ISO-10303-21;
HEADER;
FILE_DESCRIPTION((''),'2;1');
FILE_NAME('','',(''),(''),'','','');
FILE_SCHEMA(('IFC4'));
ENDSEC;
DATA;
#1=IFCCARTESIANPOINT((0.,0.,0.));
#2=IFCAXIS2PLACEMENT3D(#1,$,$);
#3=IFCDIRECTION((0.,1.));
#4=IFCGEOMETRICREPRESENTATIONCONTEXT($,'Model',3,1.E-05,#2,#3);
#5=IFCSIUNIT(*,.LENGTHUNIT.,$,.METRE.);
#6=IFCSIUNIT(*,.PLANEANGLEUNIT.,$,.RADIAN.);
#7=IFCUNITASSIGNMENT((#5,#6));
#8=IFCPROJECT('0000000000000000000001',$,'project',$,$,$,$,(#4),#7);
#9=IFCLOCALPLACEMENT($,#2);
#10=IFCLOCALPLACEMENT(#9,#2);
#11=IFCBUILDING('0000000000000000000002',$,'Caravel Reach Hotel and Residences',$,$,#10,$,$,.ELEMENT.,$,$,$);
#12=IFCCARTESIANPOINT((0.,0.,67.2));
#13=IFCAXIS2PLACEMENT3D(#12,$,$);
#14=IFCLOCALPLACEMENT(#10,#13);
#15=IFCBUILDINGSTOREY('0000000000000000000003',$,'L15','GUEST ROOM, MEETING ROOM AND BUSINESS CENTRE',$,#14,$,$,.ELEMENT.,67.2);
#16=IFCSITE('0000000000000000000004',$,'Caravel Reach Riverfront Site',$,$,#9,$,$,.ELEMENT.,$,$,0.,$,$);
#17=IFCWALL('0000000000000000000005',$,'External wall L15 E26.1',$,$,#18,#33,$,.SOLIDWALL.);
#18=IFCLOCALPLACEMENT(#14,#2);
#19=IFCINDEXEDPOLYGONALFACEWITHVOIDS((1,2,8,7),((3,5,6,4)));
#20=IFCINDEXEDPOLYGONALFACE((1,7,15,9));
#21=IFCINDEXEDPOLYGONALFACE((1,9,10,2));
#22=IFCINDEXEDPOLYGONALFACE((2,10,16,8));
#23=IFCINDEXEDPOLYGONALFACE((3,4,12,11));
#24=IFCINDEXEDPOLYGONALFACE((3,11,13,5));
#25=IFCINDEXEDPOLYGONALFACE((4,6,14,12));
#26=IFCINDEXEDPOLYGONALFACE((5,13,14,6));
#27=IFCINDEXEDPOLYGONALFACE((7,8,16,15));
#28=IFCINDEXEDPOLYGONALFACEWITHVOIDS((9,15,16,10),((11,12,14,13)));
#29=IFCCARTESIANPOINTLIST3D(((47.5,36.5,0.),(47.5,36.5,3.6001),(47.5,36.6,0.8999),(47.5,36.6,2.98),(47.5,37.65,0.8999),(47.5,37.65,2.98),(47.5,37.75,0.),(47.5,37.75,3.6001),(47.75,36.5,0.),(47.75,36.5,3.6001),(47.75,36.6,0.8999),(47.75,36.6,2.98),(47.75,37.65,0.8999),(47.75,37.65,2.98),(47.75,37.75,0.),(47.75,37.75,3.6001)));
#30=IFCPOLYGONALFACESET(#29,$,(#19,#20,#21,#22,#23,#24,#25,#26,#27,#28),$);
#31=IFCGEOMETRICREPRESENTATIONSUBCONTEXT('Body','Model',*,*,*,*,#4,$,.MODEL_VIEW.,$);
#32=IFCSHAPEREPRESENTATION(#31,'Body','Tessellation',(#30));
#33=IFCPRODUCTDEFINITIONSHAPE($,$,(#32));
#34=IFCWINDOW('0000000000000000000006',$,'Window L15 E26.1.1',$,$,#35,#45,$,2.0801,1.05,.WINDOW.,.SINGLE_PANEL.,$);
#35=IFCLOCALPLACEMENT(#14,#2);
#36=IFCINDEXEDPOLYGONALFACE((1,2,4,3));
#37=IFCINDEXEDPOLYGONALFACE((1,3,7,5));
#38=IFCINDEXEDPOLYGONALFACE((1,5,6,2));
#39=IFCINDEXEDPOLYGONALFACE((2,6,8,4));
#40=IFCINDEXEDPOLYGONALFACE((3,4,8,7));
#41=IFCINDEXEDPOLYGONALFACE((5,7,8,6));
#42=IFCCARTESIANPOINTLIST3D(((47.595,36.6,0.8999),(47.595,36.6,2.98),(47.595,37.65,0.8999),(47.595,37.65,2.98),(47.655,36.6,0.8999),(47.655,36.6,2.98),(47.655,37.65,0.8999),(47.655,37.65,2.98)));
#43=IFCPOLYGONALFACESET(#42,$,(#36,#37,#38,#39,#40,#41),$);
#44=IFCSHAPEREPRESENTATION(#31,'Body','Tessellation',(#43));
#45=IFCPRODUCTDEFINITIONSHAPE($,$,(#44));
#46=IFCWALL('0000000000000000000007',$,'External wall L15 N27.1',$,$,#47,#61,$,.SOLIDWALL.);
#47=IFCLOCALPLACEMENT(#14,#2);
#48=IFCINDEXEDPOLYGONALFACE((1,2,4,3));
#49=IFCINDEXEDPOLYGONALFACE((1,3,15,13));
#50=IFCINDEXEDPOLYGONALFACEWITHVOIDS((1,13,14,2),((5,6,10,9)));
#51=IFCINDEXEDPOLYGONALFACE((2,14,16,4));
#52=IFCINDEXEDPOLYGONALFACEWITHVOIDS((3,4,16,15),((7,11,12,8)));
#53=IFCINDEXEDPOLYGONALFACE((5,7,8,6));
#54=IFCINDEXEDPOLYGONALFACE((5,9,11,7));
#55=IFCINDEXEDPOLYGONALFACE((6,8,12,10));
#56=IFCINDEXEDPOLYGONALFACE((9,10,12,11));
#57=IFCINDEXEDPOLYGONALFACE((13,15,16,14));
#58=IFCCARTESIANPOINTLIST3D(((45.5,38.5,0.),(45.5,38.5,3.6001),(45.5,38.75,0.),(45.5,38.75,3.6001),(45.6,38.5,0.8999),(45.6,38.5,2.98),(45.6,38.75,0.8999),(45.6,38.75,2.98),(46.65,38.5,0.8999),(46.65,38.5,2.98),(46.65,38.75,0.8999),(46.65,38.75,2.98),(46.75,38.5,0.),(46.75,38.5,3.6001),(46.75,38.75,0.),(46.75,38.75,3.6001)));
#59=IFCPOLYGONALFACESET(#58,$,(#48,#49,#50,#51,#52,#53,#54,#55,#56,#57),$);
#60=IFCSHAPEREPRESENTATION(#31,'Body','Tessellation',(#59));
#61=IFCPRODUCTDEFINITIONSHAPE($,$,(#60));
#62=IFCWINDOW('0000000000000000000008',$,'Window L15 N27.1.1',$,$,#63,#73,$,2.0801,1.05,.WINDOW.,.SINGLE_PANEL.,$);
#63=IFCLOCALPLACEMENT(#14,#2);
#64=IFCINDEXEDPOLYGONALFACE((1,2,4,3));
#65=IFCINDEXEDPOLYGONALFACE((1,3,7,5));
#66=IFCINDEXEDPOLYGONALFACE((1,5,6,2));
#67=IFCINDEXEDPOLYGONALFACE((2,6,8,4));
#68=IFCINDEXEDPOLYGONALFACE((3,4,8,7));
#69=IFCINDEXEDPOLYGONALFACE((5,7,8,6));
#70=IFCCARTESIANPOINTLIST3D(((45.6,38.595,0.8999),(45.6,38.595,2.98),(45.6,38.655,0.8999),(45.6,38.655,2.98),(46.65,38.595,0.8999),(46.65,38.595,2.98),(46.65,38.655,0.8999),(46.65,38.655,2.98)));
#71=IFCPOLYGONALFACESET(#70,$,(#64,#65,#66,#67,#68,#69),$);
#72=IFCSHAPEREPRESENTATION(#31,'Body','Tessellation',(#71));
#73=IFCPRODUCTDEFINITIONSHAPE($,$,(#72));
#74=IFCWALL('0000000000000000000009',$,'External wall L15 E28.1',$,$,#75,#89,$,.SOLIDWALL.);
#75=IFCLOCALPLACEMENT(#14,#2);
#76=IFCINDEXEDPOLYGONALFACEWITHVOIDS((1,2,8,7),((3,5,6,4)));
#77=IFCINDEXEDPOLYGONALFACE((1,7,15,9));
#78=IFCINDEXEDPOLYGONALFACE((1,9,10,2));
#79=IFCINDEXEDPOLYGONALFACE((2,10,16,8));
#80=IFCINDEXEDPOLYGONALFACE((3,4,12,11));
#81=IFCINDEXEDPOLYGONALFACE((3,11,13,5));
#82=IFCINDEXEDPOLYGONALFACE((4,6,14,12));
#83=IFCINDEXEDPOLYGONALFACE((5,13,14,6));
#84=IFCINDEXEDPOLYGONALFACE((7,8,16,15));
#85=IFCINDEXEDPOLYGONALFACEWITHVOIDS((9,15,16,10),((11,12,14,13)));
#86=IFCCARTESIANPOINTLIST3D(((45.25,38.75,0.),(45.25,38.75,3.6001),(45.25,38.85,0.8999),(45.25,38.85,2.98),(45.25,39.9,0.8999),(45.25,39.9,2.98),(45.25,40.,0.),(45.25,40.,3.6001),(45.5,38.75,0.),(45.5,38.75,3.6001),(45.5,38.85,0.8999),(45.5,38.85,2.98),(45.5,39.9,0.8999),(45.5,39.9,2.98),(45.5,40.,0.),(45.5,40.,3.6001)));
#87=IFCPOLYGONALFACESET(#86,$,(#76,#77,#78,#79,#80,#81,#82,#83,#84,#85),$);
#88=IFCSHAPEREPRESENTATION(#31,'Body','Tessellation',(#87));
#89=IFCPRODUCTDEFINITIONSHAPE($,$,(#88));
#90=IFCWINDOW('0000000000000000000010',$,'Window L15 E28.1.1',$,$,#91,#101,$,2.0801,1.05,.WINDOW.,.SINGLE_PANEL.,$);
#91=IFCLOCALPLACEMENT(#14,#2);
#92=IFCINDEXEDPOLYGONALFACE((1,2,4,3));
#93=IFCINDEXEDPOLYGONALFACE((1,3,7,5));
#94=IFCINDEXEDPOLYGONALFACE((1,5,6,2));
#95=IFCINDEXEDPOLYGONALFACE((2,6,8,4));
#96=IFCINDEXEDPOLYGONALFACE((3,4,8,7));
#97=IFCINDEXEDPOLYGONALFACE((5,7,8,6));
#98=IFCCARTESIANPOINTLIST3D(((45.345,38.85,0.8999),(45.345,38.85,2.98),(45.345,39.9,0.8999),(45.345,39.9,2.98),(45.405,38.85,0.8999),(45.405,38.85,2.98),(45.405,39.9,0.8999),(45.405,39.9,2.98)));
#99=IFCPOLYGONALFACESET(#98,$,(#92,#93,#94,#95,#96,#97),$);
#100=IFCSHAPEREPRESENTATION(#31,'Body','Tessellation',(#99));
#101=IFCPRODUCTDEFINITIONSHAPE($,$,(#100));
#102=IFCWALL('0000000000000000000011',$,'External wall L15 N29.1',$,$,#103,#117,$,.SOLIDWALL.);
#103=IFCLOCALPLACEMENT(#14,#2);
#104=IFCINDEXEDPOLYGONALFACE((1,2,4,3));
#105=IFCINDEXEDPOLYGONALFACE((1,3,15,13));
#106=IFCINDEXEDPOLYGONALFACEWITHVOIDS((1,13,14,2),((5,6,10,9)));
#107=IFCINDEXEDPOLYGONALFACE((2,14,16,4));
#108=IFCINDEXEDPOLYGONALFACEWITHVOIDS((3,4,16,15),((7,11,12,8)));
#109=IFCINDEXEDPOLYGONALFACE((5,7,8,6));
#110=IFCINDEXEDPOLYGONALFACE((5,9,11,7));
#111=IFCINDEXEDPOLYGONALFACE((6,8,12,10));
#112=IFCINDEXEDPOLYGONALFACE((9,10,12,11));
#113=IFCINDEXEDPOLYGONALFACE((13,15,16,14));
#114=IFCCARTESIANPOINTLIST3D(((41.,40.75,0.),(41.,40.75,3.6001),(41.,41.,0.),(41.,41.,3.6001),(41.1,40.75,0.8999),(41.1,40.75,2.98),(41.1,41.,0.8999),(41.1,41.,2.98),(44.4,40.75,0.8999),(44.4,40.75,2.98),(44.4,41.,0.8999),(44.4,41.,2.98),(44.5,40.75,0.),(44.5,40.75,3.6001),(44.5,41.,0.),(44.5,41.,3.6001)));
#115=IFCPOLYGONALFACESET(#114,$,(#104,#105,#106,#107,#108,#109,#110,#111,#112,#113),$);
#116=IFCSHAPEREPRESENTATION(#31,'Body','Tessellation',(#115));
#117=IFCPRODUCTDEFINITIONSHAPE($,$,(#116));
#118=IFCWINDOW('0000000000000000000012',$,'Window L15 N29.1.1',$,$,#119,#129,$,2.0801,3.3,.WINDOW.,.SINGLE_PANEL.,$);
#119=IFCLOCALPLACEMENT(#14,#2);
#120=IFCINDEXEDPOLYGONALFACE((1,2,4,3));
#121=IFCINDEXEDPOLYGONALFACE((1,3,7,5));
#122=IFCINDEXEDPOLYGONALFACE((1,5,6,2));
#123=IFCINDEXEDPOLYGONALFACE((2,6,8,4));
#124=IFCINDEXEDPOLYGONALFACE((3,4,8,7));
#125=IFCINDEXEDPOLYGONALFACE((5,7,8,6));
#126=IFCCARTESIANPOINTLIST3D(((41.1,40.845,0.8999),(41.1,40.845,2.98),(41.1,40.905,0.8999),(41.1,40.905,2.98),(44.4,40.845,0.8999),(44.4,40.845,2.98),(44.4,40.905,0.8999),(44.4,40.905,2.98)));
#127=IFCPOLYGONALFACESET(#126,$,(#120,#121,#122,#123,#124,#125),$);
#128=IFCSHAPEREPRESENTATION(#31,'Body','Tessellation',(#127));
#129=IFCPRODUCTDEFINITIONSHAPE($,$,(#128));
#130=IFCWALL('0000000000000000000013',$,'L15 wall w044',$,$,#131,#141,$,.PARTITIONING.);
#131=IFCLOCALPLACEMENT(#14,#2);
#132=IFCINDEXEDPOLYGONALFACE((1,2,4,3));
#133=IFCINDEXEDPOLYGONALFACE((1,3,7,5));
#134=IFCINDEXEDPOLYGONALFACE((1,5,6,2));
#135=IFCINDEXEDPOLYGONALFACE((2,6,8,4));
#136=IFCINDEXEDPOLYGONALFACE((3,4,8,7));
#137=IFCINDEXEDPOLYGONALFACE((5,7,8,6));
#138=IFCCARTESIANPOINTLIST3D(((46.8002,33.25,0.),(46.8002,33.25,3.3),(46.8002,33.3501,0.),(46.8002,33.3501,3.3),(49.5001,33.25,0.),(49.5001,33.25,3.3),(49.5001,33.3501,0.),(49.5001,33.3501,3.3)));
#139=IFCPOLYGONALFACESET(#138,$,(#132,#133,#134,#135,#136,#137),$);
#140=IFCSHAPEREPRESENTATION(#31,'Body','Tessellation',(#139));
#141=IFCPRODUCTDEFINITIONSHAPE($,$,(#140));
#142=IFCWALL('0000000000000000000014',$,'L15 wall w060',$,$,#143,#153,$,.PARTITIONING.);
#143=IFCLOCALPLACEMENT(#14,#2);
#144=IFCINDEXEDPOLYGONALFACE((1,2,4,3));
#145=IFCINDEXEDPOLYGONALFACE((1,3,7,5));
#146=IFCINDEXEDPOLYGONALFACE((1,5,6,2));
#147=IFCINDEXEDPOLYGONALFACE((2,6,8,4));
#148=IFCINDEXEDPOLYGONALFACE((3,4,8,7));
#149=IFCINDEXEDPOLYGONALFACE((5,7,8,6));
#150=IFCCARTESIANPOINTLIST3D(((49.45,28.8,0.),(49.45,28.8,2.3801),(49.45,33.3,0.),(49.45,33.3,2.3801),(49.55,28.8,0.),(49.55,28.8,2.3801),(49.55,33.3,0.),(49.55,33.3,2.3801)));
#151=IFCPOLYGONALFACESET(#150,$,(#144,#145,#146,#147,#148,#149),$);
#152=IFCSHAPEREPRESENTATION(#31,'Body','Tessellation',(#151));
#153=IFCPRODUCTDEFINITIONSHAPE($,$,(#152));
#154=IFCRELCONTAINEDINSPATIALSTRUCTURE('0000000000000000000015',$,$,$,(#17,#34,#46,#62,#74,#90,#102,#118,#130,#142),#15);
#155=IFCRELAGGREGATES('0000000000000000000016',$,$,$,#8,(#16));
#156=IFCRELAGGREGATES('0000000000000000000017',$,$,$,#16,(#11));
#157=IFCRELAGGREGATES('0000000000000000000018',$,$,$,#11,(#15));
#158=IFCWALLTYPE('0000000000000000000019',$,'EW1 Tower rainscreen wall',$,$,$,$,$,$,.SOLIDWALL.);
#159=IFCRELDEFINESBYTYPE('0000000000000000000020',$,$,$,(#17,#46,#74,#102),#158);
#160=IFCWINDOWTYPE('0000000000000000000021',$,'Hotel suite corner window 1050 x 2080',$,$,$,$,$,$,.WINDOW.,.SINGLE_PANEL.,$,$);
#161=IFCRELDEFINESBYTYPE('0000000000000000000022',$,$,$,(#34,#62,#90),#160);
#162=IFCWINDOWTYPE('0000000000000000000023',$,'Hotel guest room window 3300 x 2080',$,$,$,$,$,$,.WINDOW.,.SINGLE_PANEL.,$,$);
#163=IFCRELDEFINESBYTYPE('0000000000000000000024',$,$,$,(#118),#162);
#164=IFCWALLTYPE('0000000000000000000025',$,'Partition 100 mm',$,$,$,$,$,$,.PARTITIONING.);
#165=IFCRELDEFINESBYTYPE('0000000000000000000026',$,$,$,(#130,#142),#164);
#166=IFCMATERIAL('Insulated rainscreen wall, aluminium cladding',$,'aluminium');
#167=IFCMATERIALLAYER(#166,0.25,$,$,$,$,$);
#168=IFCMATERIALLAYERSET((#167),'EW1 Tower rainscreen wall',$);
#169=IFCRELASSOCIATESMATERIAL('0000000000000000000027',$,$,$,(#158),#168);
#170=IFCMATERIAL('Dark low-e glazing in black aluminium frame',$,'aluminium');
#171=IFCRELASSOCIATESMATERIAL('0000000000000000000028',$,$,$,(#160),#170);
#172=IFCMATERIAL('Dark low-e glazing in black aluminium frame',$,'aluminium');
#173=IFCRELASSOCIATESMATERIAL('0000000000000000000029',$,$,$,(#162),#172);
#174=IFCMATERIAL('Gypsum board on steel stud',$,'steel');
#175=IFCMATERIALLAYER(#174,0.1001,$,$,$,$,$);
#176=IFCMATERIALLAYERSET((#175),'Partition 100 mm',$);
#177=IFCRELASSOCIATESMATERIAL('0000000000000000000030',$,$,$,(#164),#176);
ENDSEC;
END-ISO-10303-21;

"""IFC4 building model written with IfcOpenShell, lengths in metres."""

from ifc_helpers import new_model, si_unit, direction, frame, frame_2d, origin, place, context, subcontext, project, spatial, rectangle, extrude, material, layer, layer_set, type_object, element, fill, save


model = new_model("IFC4")

# Units and contexts
model_context = context("Model", 3, precision=1e-05, world=origin(), true_north=direction((0.0, 1.0)))
body_context = subcontext(model_context, "Body", "Model", "MODEL_VIEW")
ifc_project = project(units=[si_unit("LENGTHUNIT", "METRE"), si_unit("PLANEANGLEUNIT", "RADIAN")], contexts=[model_context])

# Site, building, storey
site_placement = place(None, origin())
site = spatial("IfcSite", under=ifc_project, at=site_placement, Name="Caravel Reach Riverfront Site", CompositionType="ELEMENT", RefElevation=0.0)
building_placement = place(site_placement, origin())
building = spatial("IfcBuilding", under=site, at=building_placement, Name="Caravel Reach Hotel and Residences", CompositionType="ELEMENT")
storey_placement = place(building_placement, frame((0.0, 0.0, 67.2)))
storey = spatial("IfcBuildingStorey", under=building, at=storey_placement, Name="L15", Description="GUEST ROOM, MEETING ROOM AND BUSINESS CENTRE", CompositionType="ELEMENT", Elevation=67.2)

# Walls, openings, windows
ifc_material_1 = material(Name="Insulated rainscreen wall, aluminium cladding", Category="aluminium")
ifc_layer_1 = layer(ifc_material_1, 0.25)
ifc_layer_set_1 = layer_set([ifc_layer_1], Name="EW1 Tower rainscreen wall")
wall_type_1 = type_object("IfcWallType", Name="EW1 Tower rainscreen wall", PredefinedType="SOLIDWALL", material=ifc_layer_set_1)
ifc_material_2 = material(Name="Dark low-e glazing in black aluminium frame", Category="aluminium")
window_type_1 = type_object("IfcWindowType", Name="Hotel suite corner window 1050 x 2080", PartitioningType="SINGLE_PANEL", PredefinedType="WINDOW", material=ifc_material_2)
wall_1_placement = place(storey_placement, frame((47.625, 36.5, 0.0), z_axis=(0.0, 0.0, 1.0), x_axis=(0.0, 1.0, 0.0)))
wall_1 = element("IfcWall", 1, at=wall_1_placement, inside=storey, type_object=wall_type_1, Name="External wall L15 E26.1", PredefinedType="SOLIDWALL", context=body_context, shape_type="SweptSolid", body=[
    extrude(rectangle(XDim=1.25, YDim=0.25, at=frame_2d((0.625, 0.0))), origin(), (0.0, 0.0, 1.0), 3.6001),
])
opening_1_placement = place(wall_1_placement, frame((0.1001, 0.0, 0.8999)))
opening_1 = element("IfcOpeningElement", 2, at=opening_1_placement, cuts=wall_1, PredefinedType="OPENING", context=body_context, shape_type="SweptSolid", body=[
    extrude(rectangle(XDim=1.05, YDim=2.0801, at=frame_2d((0.5249, 1.04))), frame((0.0, 0.135, 0.0), z_axis=(0.0, -1.0, 0.0), x_axis=(1.0, 0.0, 0.0)), (0.0, 0.0, 1.0), 0.27),
])
window_1_placement = place(opening_1_placement, origin())
window_1 = element("IfcWindow", 3, at=window_1_placement, inside=storey, type_object=window_type_1, Name="Window L15 E26.1.1", OverallHeight=2.0801, OverallWidth=1.05, PartitioningType="SINGLE_PANEL", PredefinedType="WINDOW", context=body_context, shape_type="SweptSolid", body=[
    extrude(rectangle(XDim=1.05, YDim=2.0801, at=frame_2d((0.5249, 1.04))), frame((0.0, 0.03, 0.0), z_axis=(0.0, -1.0, 0.0), x_axis=(1.0, 0.0, 0.0)), (0.0, 0.0, 1.0), 0.0601),
])
fill(opening_1, window_1)
wall_2_placement = place(storey_placement, frame((46.75, 38.625, 0.0), z_axis=(0.0, 0.0, 1.0), x_axis=(-1.0, 0.0, 0.0)))
wall_2 = element("IfcWall", 4, at=wall_2_placement, inside=storey, type_object=wall_type_1, Name="External wall L15 N27.1", PredefinedType="SOLIDWALL", context=body_context, shape_type="SweptSolid", body=[
    extrude(rectangle(XDim=1.25, YDim=0.25, at=frame_2d((0.625, 0.0))), origin(), (0.0, 0.0, 1.0), 3.6001),
])
opening_2_placement = place(wall_2_placement, frame((0.1001, 0.0, 0.8999)))
opening_2 = element("IfcOpeningElement", 5, at=opening_2_placement, cuts=wall_2, PredefinedType="OPENING", context=body_context, shape_type="SweptSolid", body=[
    extrude(rectangle(XDim=1.05, YDim=2.0801, at=frame_2d((0.5249, 1.04))), frame((0.0, 0.135, 0.0), z_axis=(0.0, -1.0, 0.0), x_axis=(1.0, 0.0, 0.0)), (0.0, 0.0, 1.0), 0.27),
])
window_2_placement = place(opening_2_placement, origin())
window_2 = element("IfcWindow", 6, at=window_2_placement, inside=storey, type_object=window_type_1, Name="Window L15 N27.1.1", OverallHeight=2.0801, OverallWidth=1.05, PartitioningType="SINGLE_PANEL", PredefinedType="WINDOW", context=body_context, shape_type="SweptSolid", body=[
    extrude(rectangle(XDim=1.05, YDim=2.0801, at=frame_2d((0.5249, 1.04))), frame((0.0, 0.03, 0.0), z_axis=(0.0, -1.0, 0.0), x_axis=(1.0, 0.0, 0.0)), (0.0, 0.0, 1.0), 0.0601),
])
fill(opening_2, window_2)
wall_3_placement = place(storey_placement, frame((45.375, 38.75, 0.0), z_axis=(0.0, 0.0, 1.0), x_axis=(0.0, 1.0, 0.0)))
wall_3 = element("IfcWall", 7, at=wall_3_placement, inside=storey, type_object=wall_type_1, Name="External wall L15 E28.1", PredefinedType="SOLIDWALL", context=body_context, shape_type="SweptSolid", body=[
    extrude(rectangle(XDim=1.25, YDim=0.25, at=frame_2d((0.625, 0.0))), origin(), (0.0, 0.0, 1.0), 3.6001),
])
opening_3_placement = place(wall_3_placement, frame((0.1001, 0.0, 0.8999)))
opening_3 = element("IfcOpeningElement", 8, at=opening_3_placement, cuts=wall_3, PredefinedType="OPENING", context=body_context, shape_type="SweptSolid", body=[
    extrude(rectangle(XDim=1.05, YDim=2.0801, at=frame_2d((0.5249, 1.04))), frame((0.0, 0.135, 0.0), z_axis=(0.0, -1.0, 0.0), x_axis=(1.0, 0.0, 0.0)), (0.0, 0.0, 1.0), 0.27),
])
window_3_placement = place(opening_3_placement, origin())
window_3 = element("IfcWindow", 9, at=window_3_placement, inside=storey, type_object=window_type_1, Name="Window L15 E28.1.1", OverallHeight=2.0801, OverallWidth=1.05, PartitioningType="SINGLE_PANEL", PredefinedType="WINDOW", context=body_context, shape_type="SweptSolid", body=[
    extrude(rectangle(XDim=1.05, YDim=2.0801, at=frame_2d((0.5249, 1.04))), frame((0.0, 0.03, 0.0), z_axis=(0.0, -1.0, 0.0), x_axis=(1.0, 0.0, 0.0)), (0.0, 0.0, 1.0), 0.0601),
])
fill(opening_3, window_3)
wall_4_placement = place(storey_placement, frame((44.5, 40.875, 0.0), z_axis=(0.0, 0.0, 1.0), x_axis=(-1.0, 0.0, 0.0)))
wall_4 = element("IfcWall", 10, at=wall_4_placement, inside=storey, type_object=wall_type_1, Name="External wall L15 N29.1", PredefinedType="SOLIDWALL", context=body_context, shape_type="SweptSolid", body=[
    extrude(rectangle(XDim=3.5, YDim=0.25, at=frame_2d((1.75, 0.0))), origin(), (0.0, 0.0, 1.0), 3.6001),
])
opening_4_placement = place(wall_4_placement, frame((0.1001, 0.0, 0.8999)))
opening_4 = element("IfcOpeningElement", 11, at=opening_4_placement, cuts=wall_4, PredefinedType="OPENING", context=body_context, shape_type="SweptSolid", body=[
    extrude(rectangle(XDim=3.3, YDim=2.0801, at=frame_2d((1.6499, 1.04))), frame((0.0, 0.135, 0.0), z_axis=(0.0, -1.0, 0.0), x_axis=(1.0, 0.0, 0.0)), (0.0, 0.0, 1.0), 0.27),
])
ifc_material_3 = material(Name="Dark low-e glazing in black aluminium frame", Category="aluminium")
window_type_2 = type_object("IfcWindowType", Name="Hotel guest room window 3300 x 2080", PartitioningType="SINGLE_PANEL", PredefinedType="WINDOW", material=ifc_material_3)
window_4_placement = place(opening_4_placement, origin())
window_4 = element("IfcWindow", 12, at=window_4_placement, inside=storey, type_object=window_type_2, Name="Window L15 N29.1.1", OverallHeight=2.0801, OverallWidth=3.3, PartitioningType="SINGLE_PANEL", PredefinedType="WINDOW", context=body_context, shape_type="SweptSolid", body=[
    extrude(rectangle(XDim=3.3, YDim=2.0801, at=frame_2d((1.6499, 1.04))), frame((0.0, 0.03, 0.0), z_axis=(0.0, -1.0, 0.0), x_axis=(1.0, 0.0, 0.0)), (0.0, 0.0, 1.0), 0.0601),
])
fill(opening_4, window_4)

# Walls
ifc_material_4 = material(Name="Gypsum board on steel stud", Category="steel")
ifc_layer_2 = layer(ifc_material_4, 0.1001)
ifc_layer_set_2 = layer_set([ifc_layer_2], Name="Partition 100 mm")
wall_type_2 = type_object("IfcWallType", Name="Partition 100 mm", PredefinedType="PARTITIONING", material=ifc_layer_set_2)
wall_5_placement = place(storey_placement, frame((46.8, 33.3, 0.0), z_axis=(0.0, 0.0, 1.0), x_axis=(1.0, 0.0, 0.0)))
element("IfcWall", 13, at=wall_5_placement, inside=storey, type_object=wall_type_2, Name="L15 wall w044", PredefinedType="PARTITIONING", context=body_context, shape_type="SweptSolid", body=[
    extrude(rectangle(XDim=2.7, YDim=0.1001, at=frame_2d((1.3501, 0.0))), origin(), (0.0, 0.0, 1.0), 3.3),
])
wall_6_placement = place(storey_placement, frame((49.5, 28.8, 0.0), z_axis=(0.0, 0.0, 1.0), x_axis=(0.0, 1.0, 0.0)))
element("IfcWall", 14, at=wall_6_placement, inside=storey, type_object=wall_type_2, Name="L15 wall w060", PredefinedType="PARTITIONING", context=body_context, shape_type="SweptSolid", body=[
    extrude(rectangle(XDim=4.5, YDim=0.1001, at=frame_2d((2.25, 0.0))), origin(), (0.0, 0.0, 1.0), 2.3801),
])

save(model, "model.ifc")
